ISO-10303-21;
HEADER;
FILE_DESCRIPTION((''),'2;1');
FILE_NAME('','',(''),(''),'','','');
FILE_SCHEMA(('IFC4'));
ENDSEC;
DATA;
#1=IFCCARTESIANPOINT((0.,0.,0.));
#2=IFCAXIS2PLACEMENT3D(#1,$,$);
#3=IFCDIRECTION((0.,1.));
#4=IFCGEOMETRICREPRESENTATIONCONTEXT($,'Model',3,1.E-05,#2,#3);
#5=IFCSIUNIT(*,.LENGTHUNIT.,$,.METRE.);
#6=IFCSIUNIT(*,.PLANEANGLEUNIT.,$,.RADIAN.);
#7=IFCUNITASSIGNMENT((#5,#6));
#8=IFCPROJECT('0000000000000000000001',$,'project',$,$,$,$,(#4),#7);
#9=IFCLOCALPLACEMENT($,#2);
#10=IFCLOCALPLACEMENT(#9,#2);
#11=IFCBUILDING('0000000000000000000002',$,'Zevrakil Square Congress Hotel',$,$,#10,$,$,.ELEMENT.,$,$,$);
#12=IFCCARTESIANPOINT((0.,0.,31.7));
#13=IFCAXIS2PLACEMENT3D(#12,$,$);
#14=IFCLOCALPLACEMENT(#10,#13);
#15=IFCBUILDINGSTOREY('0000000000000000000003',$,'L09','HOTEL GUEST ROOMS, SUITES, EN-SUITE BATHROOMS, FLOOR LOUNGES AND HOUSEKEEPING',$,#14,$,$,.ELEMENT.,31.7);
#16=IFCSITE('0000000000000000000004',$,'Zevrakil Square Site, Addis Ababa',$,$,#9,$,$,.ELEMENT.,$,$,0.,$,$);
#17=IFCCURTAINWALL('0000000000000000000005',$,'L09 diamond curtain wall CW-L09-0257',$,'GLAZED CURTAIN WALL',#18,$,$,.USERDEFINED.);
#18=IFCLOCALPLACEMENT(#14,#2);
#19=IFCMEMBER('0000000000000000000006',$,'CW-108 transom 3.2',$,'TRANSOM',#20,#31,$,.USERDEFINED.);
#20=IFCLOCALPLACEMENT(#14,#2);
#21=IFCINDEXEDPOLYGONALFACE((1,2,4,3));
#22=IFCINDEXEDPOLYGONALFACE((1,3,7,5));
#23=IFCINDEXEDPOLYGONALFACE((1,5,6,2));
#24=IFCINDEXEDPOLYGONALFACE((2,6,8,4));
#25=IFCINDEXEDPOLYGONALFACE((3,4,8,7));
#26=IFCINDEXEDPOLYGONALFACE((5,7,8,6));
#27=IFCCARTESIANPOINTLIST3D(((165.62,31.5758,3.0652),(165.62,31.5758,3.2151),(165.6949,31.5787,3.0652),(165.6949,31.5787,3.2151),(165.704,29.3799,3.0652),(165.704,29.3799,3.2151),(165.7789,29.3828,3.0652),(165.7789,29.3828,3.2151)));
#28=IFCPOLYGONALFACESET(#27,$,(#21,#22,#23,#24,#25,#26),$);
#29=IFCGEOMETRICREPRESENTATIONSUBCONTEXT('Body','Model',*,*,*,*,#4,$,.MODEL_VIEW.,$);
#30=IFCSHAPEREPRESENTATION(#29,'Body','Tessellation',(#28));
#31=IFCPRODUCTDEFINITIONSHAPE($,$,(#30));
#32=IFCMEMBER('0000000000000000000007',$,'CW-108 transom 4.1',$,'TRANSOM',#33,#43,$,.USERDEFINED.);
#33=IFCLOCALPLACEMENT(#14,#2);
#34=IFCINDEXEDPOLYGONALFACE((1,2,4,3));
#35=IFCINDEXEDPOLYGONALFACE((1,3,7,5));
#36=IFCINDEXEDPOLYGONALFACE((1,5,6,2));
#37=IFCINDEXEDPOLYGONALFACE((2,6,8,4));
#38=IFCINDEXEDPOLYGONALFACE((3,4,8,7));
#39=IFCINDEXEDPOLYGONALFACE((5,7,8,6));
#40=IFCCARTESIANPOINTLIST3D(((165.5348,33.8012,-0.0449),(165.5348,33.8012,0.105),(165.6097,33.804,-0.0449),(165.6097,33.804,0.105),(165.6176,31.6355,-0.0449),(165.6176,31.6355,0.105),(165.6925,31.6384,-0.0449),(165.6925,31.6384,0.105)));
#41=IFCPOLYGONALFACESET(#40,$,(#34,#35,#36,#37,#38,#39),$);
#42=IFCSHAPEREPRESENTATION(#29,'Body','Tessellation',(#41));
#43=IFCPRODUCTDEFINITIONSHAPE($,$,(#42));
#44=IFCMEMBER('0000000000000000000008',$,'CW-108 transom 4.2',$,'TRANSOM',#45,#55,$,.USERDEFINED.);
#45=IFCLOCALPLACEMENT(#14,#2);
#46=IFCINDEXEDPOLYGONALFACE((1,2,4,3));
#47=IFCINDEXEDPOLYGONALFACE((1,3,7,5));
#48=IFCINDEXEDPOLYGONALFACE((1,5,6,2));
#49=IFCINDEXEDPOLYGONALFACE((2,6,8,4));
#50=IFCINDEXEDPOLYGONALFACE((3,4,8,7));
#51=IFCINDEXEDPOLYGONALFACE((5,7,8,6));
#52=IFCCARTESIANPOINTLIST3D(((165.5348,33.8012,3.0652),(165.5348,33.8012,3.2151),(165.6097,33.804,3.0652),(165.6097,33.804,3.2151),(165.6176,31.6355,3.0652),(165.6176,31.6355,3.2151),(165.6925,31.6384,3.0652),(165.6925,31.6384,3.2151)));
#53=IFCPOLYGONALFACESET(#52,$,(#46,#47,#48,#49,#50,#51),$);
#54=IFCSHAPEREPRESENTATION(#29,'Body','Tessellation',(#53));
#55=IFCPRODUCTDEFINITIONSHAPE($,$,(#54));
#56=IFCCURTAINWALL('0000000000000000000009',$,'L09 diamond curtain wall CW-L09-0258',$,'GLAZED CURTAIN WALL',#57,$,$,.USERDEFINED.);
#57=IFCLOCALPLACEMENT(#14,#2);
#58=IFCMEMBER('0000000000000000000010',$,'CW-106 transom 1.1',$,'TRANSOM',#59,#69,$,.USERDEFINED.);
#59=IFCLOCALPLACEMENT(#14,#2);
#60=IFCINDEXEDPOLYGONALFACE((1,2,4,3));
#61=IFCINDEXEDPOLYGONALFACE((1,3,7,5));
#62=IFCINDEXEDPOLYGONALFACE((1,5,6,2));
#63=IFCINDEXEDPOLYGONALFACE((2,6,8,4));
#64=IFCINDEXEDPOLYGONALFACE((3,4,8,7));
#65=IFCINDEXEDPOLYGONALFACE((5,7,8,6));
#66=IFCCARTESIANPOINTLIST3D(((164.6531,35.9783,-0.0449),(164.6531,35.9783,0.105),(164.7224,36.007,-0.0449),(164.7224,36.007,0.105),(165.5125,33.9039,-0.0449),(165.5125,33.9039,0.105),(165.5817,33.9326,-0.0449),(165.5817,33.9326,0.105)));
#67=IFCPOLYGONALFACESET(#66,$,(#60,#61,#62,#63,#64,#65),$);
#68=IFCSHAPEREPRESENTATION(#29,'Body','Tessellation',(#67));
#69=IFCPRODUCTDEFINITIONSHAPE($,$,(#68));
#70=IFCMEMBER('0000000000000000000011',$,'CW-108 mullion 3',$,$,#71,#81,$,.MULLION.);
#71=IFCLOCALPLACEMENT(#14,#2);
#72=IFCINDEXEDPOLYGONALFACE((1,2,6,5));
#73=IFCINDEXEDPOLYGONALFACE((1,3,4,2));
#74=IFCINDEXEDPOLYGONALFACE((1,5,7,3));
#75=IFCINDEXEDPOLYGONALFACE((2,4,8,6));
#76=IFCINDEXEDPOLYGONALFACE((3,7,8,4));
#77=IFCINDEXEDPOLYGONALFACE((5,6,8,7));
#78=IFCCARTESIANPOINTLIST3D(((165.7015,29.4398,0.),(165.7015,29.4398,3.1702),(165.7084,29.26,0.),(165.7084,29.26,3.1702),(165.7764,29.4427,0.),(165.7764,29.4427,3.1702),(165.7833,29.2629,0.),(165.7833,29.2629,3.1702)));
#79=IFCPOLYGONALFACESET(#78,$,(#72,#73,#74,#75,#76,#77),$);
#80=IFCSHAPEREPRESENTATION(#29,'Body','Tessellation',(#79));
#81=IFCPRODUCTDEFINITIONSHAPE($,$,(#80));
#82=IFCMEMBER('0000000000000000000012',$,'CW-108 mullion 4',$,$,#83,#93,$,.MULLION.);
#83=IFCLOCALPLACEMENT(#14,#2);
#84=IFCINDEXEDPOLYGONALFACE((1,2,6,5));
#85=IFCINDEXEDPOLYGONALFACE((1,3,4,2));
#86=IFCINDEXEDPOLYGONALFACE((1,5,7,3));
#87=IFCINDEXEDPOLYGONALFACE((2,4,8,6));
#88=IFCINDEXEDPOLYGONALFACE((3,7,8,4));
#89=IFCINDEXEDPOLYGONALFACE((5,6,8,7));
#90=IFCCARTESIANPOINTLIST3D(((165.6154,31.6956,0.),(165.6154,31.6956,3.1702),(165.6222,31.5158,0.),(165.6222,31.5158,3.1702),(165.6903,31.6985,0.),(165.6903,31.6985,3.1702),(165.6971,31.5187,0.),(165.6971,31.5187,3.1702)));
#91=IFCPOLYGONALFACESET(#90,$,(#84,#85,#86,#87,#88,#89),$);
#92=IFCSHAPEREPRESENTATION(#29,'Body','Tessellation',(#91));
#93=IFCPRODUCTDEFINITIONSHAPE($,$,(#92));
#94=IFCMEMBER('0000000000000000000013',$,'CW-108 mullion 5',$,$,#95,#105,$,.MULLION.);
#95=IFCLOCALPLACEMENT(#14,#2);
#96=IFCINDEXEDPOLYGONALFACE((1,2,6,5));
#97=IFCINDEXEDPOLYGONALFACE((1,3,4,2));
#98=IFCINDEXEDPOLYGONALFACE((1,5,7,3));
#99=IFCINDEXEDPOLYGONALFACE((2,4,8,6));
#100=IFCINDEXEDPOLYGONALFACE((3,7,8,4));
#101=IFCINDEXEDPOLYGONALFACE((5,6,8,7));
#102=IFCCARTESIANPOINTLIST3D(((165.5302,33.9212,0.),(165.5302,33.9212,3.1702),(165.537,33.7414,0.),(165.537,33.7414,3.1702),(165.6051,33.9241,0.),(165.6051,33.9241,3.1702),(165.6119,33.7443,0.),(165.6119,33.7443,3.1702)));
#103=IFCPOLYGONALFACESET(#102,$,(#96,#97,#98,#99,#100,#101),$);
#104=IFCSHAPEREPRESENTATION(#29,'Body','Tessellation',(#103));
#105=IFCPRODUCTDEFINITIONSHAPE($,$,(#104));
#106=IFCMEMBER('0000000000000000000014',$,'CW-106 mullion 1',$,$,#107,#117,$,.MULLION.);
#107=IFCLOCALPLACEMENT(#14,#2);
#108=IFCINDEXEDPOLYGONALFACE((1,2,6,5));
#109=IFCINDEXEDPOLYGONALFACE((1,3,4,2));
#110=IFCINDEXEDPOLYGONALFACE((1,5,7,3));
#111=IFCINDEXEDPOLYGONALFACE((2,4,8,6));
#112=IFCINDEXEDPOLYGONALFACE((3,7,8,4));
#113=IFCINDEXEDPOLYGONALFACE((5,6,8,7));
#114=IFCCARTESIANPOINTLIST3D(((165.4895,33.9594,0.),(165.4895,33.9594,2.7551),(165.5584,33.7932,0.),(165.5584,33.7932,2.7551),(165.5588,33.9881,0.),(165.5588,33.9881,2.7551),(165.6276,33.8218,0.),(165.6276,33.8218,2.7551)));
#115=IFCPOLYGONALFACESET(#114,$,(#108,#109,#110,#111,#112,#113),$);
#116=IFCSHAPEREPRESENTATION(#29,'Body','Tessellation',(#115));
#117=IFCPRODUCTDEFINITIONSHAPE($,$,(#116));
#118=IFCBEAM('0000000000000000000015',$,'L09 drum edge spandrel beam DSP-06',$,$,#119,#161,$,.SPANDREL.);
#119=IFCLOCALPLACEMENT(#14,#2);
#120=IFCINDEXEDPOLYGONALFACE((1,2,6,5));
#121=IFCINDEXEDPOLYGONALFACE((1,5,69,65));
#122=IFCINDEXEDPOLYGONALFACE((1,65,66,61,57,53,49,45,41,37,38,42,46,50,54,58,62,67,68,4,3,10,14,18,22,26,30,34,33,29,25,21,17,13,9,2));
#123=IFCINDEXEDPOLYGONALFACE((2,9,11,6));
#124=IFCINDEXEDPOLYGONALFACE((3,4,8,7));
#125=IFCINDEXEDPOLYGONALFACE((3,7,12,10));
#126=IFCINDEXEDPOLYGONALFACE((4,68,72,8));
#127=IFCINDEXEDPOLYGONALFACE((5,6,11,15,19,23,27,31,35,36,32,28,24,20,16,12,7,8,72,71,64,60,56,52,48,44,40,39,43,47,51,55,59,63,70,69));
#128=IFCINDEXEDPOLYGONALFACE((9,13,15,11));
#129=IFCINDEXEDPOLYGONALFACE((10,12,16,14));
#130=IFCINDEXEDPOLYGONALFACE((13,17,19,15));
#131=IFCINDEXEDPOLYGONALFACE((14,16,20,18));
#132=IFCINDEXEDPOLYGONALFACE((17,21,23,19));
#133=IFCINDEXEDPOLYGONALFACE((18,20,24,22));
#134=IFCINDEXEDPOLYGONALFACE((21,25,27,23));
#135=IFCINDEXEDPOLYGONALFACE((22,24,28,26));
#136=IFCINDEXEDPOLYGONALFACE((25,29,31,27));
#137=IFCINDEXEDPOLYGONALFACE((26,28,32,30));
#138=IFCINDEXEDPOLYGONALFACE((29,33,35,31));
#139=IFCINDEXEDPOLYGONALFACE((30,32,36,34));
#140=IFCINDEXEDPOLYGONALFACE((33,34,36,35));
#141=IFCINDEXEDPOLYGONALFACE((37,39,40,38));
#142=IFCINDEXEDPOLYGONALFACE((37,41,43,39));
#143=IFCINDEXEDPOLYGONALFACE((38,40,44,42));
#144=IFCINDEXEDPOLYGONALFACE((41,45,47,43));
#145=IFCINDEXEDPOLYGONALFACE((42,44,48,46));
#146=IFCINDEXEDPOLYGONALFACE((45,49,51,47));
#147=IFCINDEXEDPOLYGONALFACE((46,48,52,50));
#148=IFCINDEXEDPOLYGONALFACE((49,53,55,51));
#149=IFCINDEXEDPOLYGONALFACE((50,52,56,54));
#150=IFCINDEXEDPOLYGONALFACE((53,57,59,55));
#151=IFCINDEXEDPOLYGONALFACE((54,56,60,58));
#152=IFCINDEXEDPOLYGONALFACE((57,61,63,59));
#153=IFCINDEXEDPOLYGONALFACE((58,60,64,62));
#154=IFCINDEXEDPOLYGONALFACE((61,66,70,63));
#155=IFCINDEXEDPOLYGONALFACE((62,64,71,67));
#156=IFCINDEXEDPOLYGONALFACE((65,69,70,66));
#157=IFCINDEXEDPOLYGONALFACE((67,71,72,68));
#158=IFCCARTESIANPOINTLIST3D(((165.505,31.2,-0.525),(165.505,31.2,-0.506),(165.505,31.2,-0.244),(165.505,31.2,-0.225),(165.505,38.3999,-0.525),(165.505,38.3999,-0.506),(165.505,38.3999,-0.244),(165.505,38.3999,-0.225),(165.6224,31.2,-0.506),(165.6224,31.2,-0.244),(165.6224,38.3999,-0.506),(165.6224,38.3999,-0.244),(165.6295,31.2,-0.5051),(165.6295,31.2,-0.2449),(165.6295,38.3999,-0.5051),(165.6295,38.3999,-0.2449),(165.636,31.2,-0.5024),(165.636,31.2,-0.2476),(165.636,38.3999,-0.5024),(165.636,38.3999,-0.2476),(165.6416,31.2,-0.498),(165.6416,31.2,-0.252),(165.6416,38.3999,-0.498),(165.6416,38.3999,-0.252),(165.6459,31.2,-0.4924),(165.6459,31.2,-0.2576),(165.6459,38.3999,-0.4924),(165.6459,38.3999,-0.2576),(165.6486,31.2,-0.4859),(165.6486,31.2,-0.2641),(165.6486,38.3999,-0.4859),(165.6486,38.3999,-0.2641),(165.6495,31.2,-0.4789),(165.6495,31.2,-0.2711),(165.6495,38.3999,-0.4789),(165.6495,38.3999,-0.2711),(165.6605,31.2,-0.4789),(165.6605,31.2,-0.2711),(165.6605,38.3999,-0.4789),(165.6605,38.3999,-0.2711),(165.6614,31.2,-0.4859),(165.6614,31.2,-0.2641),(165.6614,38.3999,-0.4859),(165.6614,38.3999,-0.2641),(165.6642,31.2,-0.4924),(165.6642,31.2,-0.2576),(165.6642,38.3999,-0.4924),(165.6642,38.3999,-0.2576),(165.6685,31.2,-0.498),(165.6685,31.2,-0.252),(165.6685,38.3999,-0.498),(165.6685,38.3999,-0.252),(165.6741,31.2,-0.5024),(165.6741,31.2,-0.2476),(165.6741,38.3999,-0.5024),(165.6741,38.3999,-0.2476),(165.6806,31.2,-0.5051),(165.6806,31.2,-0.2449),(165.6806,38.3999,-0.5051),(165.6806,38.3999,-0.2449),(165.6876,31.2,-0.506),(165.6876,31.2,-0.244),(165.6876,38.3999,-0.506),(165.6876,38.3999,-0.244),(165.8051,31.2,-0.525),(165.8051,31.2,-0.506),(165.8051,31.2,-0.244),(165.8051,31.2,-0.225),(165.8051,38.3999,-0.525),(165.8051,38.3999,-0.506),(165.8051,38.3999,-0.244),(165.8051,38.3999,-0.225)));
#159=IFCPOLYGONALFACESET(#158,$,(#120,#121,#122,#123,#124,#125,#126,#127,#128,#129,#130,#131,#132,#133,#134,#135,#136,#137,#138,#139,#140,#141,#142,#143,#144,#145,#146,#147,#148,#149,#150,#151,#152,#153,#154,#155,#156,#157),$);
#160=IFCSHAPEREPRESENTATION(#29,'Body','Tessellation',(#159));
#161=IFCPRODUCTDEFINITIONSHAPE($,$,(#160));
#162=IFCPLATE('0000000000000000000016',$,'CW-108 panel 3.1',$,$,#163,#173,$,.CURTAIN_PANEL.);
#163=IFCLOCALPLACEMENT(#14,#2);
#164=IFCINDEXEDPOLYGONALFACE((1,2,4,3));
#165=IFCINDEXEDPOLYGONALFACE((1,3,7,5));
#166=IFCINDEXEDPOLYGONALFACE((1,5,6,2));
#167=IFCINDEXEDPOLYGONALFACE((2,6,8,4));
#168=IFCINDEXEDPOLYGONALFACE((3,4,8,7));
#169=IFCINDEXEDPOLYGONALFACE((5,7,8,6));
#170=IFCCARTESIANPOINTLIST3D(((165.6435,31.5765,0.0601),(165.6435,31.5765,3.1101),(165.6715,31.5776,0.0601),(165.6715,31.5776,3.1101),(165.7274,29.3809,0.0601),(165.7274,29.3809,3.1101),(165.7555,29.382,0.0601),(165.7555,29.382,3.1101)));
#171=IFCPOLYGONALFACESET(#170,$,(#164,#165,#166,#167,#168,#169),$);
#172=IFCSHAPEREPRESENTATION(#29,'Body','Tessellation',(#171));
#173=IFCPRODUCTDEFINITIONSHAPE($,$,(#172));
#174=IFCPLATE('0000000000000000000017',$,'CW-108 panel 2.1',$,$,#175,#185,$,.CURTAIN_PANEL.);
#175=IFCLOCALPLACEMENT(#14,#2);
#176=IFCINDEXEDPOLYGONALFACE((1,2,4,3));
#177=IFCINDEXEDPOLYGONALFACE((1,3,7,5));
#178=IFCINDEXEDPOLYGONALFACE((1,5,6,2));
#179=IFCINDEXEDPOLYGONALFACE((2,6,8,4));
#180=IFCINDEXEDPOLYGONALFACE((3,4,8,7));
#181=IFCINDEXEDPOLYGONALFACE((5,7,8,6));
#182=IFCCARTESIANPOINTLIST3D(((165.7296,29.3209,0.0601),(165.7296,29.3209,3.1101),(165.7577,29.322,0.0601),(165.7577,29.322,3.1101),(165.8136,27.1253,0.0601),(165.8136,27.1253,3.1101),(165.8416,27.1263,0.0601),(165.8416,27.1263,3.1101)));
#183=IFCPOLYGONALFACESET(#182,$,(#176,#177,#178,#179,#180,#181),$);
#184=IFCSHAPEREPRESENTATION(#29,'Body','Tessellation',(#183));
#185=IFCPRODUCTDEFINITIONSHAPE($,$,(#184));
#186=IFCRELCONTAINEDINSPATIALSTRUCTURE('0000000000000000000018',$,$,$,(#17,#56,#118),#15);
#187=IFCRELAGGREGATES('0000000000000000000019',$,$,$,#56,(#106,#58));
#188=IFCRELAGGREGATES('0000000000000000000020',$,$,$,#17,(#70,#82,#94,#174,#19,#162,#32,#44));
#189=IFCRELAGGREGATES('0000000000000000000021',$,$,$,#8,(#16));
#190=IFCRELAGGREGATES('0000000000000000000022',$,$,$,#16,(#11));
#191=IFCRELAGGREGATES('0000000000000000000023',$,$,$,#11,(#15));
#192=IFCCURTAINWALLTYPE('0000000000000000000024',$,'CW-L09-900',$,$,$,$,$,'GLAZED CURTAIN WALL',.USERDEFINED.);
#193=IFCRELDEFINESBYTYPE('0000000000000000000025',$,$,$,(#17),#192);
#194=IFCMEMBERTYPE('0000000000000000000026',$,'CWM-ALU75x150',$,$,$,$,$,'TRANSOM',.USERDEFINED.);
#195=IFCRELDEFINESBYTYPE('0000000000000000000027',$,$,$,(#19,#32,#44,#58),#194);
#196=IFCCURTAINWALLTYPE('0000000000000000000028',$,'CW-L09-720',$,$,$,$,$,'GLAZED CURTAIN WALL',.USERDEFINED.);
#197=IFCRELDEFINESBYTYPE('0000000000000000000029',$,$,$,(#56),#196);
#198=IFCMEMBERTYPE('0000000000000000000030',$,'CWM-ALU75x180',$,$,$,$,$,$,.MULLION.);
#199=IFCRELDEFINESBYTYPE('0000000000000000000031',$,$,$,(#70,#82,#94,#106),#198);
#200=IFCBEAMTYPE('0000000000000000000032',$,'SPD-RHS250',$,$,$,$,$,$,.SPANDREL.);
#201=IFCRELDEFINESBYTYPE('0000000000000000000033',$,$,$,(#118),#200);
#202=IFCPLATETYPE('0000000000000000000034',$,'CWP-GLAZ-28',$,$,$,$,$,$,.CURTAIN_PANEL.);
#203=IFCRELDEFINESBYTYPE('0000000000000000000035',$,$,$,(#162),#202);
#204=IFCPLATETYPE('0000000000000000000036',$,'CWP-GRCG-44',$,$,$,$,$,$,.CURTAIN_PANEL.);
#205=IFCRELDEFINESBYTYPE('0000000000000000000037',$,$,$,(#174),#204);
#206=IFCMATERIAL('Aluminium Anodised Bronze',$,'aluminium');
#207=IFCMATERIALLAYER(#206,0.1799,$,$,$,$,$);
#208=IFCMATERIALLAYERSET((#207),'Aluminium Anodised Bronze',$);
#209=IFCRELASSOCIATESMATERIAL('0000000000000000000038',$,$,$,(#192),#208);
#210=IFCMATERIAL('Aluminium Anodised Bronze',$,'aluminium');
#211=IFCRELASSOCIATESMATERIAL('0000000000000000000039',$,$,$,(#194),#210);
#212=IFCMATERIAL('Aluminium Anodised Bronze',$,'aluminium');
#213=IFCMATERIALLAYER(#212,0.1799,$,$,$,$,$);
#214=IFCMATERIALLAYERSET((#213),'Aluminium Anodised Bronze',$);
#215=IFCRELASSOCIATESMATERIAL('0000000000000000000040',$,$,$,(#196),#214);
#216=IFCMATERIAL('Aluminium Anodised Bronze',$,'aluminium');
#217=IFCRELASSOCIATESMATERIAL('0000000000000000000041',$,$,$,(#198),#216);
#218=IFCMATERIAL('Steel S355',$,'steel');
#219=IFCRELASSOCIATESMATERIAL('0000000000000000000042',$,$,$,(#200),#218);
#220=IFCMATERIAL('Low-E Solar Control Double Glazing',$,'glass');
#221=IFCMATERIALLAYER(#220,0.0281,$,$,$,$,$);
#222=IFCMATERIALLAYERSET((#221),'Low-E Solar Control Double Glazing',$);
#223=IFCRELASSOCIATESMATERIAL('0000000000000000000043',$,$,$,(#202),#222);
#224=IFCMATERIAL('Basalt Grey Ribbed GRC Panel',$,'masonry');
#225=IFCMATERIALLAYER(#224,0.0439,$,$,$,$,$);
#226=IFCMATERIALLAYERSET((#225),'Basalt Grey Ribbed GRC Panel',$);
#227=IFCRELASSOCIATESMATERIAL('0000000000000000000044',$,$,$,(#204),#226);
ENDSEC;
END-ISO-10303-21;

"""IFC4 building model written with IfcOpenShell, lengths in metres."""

from ifc_helpers import new_model, si_unit, direction, frame, origin, origin_2d, place, context, subcontext, project, spatial, rectangle, i_section, extrude, material, layer, layer_set, material_profile, profile_set, type_object, element, aggregate, save


model = new_model("IFC4")

# Units and contexts
model_context = context("Model", 3, precision=1e-05, world=origin(), true_north=direction((0.0, 1.0)))
body_context = subcontext(model_context, "Body", "Model", "MODEL_VIEW")
ifc_project = project(units=[si_unit("LENGTHUNIT", "METRE"), si_unit("PLANEANGLEUNIT", "RADIAN")], contexts=[model_context])

# Site, building, storey
site_placement = place(None, origin())
site = spatial("IfcSite", under=ifc_project, at=site_placement, Name="Zevrakil Square Site, Addis Ababa", CompositionType="ELEMENT", RefElevation=0.0)
building_placement = place(site_placement, origin())
building = spatial("IfcBuilding", under=site, at=building_placement, Name="Zevrakil Square Congress Hotel", CompositionType="ELEMENT")
storey_placement = place(building_placement, frame((0.0, 0.0, 31.7)))
storey = spatial("IfcBuildingStorey", under=building, at=storey_placement, Name="L09", Description="HOTEL GUEST ROOMS, SUITES, EN-SUITE BATHROOMS, FLOOR LOUNGES AND HOUSEKEEPING", CompositionType="ELEMENT", Elevation=31.7)

# Curtain wall, members
ifc_material_1 = material(Name="Aluminium Anodised Bronze", Category="aluminium")
ifc_layer_1 = layer(ifc_material_1, 0.1799)
ifc_layer_set_1 = layer_set([ifc_layer_1], Name="Aluminium Anodised Bronze")
curtain_wall_type_1 = type_object("IfcCurtainWallType", Name="CW-L09-900", ElementType="GLAZED CURTAIN WALL", PredefinedType="USERDEFINED", material=ifc_layer_set_1)
curtain_wall_1_placement = place(storey_placement, origin())
curtain_wall_1 = element("IfcCurtainWall", 1, at=curtain_wall_1_placement, inside=storey, type_object=curtain_wall_type_1, Name="L09 diamond curtain wall CW-L09-0257", ObjectType="GLAZED CURTAIN WALL", PredefinedType="USERDEFINED")
ifc_material_2 = material(Name="Aluminium Anodised Bronze", Category="aluminium")
ifc_material_profile_1 = material_profile(ifc_material_2, rectangle(XDim=0.075, YDim=0.1499, at=origin_2d()), Name="ALU 75x150")
ifc_profile_set_1 = profile_set([ifc_material_profile_1], Name="Aluminium Anodised Bronze")
member_type_1 = type_object("IfcMemberType", Name="CWM-ALU75x150", ElementType="TRANSOM", PredefinedType="USERDEFINED", material=ifc_profile_set_1)
member_1_placement = place(storey_placement, frame((165.7415, 29.3813, 3.1401), z_axis=(-0.03822, 0.999269, 0.0), x_axis=(-0.999269, -0.03822, 0.0)))
member_1 = element("IfcMember", 2, at=member_1_placement, type_object=member_type_1, Name="CW-108 transom 3.2", ObjectType="TRANSOM", PredefinedType="USERDEFINED", context=body_context, shape_type="SweptSolid", body=[
    extrude(rectangle(XDim=0.075, YDim=0.1499, at=origin_2d()), origin(), (0.0, 0.0, 1.0), 2.1975),
])
member_2_placement = place(storey_placement, frame((165.655, 31.637, 0.03), z_axis=(-0.038187, 0.999271, 0.0), x_axis=(-0.999271, -0.038187, 0.0)))
member_2 = element("IfcMember", 3, at=member_2_placement, type_object=member_type_1, Name="CW-108 transom 4.1", ObjectType="TRANSOM", PredefinedType="USERDEFINED", context=body_context, shape_type="SweptSolid", body=[
    extrude(rectangle(XDim=0.075, YDim=0.1499, at=origin_2d()), origin(), (0.0, 0.0, 1.0), 2.1672),
])
member_3_placement = place(storey_placement, frame((165.655, 31.637, 3.1401), z_axis=(-0.038187, 0.999271, 0.0), x_axis=(-0.999271, -0.038187, 0.0)))
member_3 = element("IfcMember", 4, at=member_3_placement, type_object=member_type_1, Name="CW-108 transom 4.2", ObjectType="TRANSOM", PredefinedType="USERDEFINED", context=body_context, shape_type="SweptSolid", body=[
    extrude(rectangle(XDim=0.075, YDim=0.1499, at=origin_2d()), origin(), (0.0, 0.0, 1.0), 2.1672),
])

# Curtain wall, member
ifc_material_3 = material(Name="Aluminium Anodised Bronze", Category="aluminium")
ifc_layer_2 = layer(ifc_material_3, 0.1799)
ifc_layer_set_2 = layer_set([ifc_layer_2], Name="Aluminium Anodised Bronze")
curtain_wall_type_2 = type_object("IfcCurtainWallType", Name="CW-L09-720", ElementType="GLAZED CURTAIN WALL", PredefinedType="USERDEFINED", material=ifc_layer_set_2)
curtain_wall_2_placement = place(storey_placement, origin())
curtain_wall_2 = element("IfcCurtainWall", 5, at=curtain_wall_2_placement, inside=storey, type_object=curtain_wall_type_2, Name="L09 diamond curtain wall CW-L09-0258", ObjectType="GLAZED CURTAIN WALL", PredefinedType="USERDEFINED")
member_4_placement = place(storey_placement, frame((165.5471, 33.9182, 0.03), z_axis=(-0.382723, 0.923863, 0.0), x_axis=(-0.923863, -0.382723, 0.0)))
member_4 = element("IfcMember", 6, at=member_4_placement, type_object=member_type_1, Name="CW-106 transom 1.1", ObjectType="TRANSOM", PredefinedType="USERDEFINED", context=body_context, shape_type="SweptSolid", body=[
    extrude(rectangle(XDim=0.075, YDim=0.1499, at=origin_2d()), origin(), (0.0, 0.0, 1.0), 2.2454),
])

# Members
ifc_material_4 = material(Name="Aluminium Anodised Bronze", Category="aluminium")
ifc_material_profile_2 = material_profile(ifc_material_4, rectangle(XDim=0.075, YDim=0.1799, at=origin_2d()), Name="ALU 75x180")
ifc_profile_set_2 = profile_set([ifc_material_profile_2], Name="Aluminium Anodised Bronze")
member_type_2 = type_object("IfcMemberType", Name="CWM-ALU75x180", PredefinedType="MULLION", material=ifc_profile_set_2)
member_5_placement = place(storey_placement, frame((165.7424, 29.3513, 0.0), z_axis=(0.0, 0.0, 1.0), x_axis=(-0.99927, -0.038209, 0.0)))
member_5 = element("IfcMember", 7, at=member_5_placement, type_object=member_type_2, Name="CW-108 mullion 3", PredefinedType="MULLION", context=body_context, shape_type="SweptSolid", body=[
    extrude(rectangle(XDim=0.075, YDim=0.1799, at=origin_2d()), origin(), (0.0, 0.0, 1.0), 3.1702),
])
member_6_placement = place(storey_placement, frame((165.6562, 31.6072, 0.0), z_axis=(0.0, 0.0, 1.0), x_axis=(-0.99927, -0.038209, 0.0)))
member_6 = element("IfcMember", 8, at=member_6_placement, type_object=member_type_2, Name="CW-108 mullion 4", PredefinedType="MULLION", context=body_context, shape_type="SweptSolid", body=[
    extrude(rectangle(XDim=0.075, YDim=0.1799, at=origin_2d()), origin(), (0.0, 0.0, 1.0), 3.1702),
])
member_7_placement = place(storey_placement, frame((165.571, 33.8328, 0.0), z_axis=(0.0, 0.0, 1.0), x_axis=(-0.99927, -0.038209, 0.0)))
member_7 = element("IfcMember", 9, at=member_7_placement, type_object=member_type_2, Name="CW-108 mullion 5", PredefinedType="MULLION", context=body_context, shape_type="SweptSolid", body=[
    extrude(rectangle(XDim=0.075, YDim=0.1799, at=origin_2d()), origin(), (0.0, 0.0, 1.0), 3.1702),
])
member_8_placement = place(storey_placement, frame((165.5586, 33.8906, 0.0), z_axis=(0.0, 0.0, 1.0), x_axis=(-0.923879, -0.382684, 0.0)))
member_8 = element("IfcMember", 10, at=member_8_placement, type_object=member_type_2, Name="CW-106 mullion 1", PredefinedType="MULLION", context=body_context, shape_type="SweptSolid", body=[
    extrude(rectangle(XDim=0.075, YDim=0.1799, at=origin_2d()), origin(), (0.0, 0.0, 1.0), 2.7551),
])
aggregate(curtain_wall_2, [member_8, member_4])

# Beam
ifc_material_5 = material(Name="Steel S355", Category="steel")
ifc_material_profile_3 = material_profile(ifc_material_5, i_section(OverallWidth=0.3, OverallDepth=0.3, WebThickness=0.011, FlangeThickness=0.019, FilletRadius=0.0271, at=origin_2d()), Name="HEB 300")
ifc_profile_set_3 = profile_set([ifc_material_profile_3], Name="Steel S355")
beam_type_1 = type_object("IfcBeamType", Name="SPD-RHS250", PredefinedType="SPANDREL", material=ifc_profile_set_3)
beam_1_placement = place(storey_placement, frame((165.655, 31.2, -0.375), z_axis=(0.0, 1.0, 0.0), x_axis=(-1.0, 0.0, 0.0)))
element("IfcBeam", 11, at=beam_1_placement, inside=storey, type_object=beam_type_1, Name="L09 drum edge spandrel beam DSP-06", PredefinedType="SPANDREL", context=body_context, shape_type="SweptSolid", body=[
    extrude(i_section(OverallWidth=0.3, OverallDepth=0.3, WebThickness=0.011, FlangeThickness=0.019, FilletRadius=0.0271, at=origin_2d()), origin(), (0.0, 0.0, 1.0), 7.2),
])

# Plates
ifc_material_6 = material(Name="Low-E Solar Control Double Glazing", Category="glass")
ifc_layer_3 = layer(ifc_material_6, 0.0281)
ifc_layer_set_3 = layer_set([ifc_layer_3], Name="Low-E Solar Control Double Glazing")
plate_type_1 = type_object("IfcPlateType", Name="CWP-GLAZ-28", PredefinedType="CURTAIN_PANEL", material=ifc_layer_set_3)
plate_1_placement = place(storey_placement, frame((165.6995, 30.4792, 0.0601), z_axis=(0.0, 0.0, 1.0), x_axis=(-0.038209, 0.99927, 0.0)))
plate_1 = element("IfcPlate", 12, at=plate_1_placement, type_object=plate_type_1, Name="CW-108 panel 3.1", PredefinedType="CURTAIN_PANEL", context=body_context, shape_type="SweptSolid", body=[
    extrude(rectangle(XDim=2.1973, YDim=0.0281, at=origin_2d()), origin(), (0.0, 0.0, 1.0), 3.05),
])
ifc_material_7 = material(Name="Basalt Grey Ribbed GRC Panel", Category="masonry")
ifc_layer_4 = layer(ifc_material_7, 0.0439)
ifc_layer_set_4 = layer_set([ifc_layer_4], Name="Basalt Grey Ribbed GRC Panel")
plate_type_2 = type_object("IfcPlateType", Name="CWP-GRCG-44", PredefinedType="CURTAIN_PANEL", material=ifc_layer_set_4)
plate_2_placement = place(storey_placement, frame((165.7856, 28.2236, 0.0601), z_axis=(0.0, 0.0, 1.0), x_axis=(-0.038209, 0.99927, 0.0)))
plate_2 = element("IfcPlate", 13, at=plate_2_placement, type_object=plate_type_2, Name="CW-108 panel 2.1", PredefinedType="CURTAIN_PANEL", context=body_context, shape_type="SweptSolid", body=[
    extrude(rectangle(XDim=2.1973, YDim=0.0281, at=origin_2d()), origin(), (0.0, 0.0, 1.0), 3.05),
])
aggregate(curtain_wall_1, [member_5, member_6, member_7, plate_2, member_1, plate_1, member_2, member_3])

save(model, "model.ifc")
